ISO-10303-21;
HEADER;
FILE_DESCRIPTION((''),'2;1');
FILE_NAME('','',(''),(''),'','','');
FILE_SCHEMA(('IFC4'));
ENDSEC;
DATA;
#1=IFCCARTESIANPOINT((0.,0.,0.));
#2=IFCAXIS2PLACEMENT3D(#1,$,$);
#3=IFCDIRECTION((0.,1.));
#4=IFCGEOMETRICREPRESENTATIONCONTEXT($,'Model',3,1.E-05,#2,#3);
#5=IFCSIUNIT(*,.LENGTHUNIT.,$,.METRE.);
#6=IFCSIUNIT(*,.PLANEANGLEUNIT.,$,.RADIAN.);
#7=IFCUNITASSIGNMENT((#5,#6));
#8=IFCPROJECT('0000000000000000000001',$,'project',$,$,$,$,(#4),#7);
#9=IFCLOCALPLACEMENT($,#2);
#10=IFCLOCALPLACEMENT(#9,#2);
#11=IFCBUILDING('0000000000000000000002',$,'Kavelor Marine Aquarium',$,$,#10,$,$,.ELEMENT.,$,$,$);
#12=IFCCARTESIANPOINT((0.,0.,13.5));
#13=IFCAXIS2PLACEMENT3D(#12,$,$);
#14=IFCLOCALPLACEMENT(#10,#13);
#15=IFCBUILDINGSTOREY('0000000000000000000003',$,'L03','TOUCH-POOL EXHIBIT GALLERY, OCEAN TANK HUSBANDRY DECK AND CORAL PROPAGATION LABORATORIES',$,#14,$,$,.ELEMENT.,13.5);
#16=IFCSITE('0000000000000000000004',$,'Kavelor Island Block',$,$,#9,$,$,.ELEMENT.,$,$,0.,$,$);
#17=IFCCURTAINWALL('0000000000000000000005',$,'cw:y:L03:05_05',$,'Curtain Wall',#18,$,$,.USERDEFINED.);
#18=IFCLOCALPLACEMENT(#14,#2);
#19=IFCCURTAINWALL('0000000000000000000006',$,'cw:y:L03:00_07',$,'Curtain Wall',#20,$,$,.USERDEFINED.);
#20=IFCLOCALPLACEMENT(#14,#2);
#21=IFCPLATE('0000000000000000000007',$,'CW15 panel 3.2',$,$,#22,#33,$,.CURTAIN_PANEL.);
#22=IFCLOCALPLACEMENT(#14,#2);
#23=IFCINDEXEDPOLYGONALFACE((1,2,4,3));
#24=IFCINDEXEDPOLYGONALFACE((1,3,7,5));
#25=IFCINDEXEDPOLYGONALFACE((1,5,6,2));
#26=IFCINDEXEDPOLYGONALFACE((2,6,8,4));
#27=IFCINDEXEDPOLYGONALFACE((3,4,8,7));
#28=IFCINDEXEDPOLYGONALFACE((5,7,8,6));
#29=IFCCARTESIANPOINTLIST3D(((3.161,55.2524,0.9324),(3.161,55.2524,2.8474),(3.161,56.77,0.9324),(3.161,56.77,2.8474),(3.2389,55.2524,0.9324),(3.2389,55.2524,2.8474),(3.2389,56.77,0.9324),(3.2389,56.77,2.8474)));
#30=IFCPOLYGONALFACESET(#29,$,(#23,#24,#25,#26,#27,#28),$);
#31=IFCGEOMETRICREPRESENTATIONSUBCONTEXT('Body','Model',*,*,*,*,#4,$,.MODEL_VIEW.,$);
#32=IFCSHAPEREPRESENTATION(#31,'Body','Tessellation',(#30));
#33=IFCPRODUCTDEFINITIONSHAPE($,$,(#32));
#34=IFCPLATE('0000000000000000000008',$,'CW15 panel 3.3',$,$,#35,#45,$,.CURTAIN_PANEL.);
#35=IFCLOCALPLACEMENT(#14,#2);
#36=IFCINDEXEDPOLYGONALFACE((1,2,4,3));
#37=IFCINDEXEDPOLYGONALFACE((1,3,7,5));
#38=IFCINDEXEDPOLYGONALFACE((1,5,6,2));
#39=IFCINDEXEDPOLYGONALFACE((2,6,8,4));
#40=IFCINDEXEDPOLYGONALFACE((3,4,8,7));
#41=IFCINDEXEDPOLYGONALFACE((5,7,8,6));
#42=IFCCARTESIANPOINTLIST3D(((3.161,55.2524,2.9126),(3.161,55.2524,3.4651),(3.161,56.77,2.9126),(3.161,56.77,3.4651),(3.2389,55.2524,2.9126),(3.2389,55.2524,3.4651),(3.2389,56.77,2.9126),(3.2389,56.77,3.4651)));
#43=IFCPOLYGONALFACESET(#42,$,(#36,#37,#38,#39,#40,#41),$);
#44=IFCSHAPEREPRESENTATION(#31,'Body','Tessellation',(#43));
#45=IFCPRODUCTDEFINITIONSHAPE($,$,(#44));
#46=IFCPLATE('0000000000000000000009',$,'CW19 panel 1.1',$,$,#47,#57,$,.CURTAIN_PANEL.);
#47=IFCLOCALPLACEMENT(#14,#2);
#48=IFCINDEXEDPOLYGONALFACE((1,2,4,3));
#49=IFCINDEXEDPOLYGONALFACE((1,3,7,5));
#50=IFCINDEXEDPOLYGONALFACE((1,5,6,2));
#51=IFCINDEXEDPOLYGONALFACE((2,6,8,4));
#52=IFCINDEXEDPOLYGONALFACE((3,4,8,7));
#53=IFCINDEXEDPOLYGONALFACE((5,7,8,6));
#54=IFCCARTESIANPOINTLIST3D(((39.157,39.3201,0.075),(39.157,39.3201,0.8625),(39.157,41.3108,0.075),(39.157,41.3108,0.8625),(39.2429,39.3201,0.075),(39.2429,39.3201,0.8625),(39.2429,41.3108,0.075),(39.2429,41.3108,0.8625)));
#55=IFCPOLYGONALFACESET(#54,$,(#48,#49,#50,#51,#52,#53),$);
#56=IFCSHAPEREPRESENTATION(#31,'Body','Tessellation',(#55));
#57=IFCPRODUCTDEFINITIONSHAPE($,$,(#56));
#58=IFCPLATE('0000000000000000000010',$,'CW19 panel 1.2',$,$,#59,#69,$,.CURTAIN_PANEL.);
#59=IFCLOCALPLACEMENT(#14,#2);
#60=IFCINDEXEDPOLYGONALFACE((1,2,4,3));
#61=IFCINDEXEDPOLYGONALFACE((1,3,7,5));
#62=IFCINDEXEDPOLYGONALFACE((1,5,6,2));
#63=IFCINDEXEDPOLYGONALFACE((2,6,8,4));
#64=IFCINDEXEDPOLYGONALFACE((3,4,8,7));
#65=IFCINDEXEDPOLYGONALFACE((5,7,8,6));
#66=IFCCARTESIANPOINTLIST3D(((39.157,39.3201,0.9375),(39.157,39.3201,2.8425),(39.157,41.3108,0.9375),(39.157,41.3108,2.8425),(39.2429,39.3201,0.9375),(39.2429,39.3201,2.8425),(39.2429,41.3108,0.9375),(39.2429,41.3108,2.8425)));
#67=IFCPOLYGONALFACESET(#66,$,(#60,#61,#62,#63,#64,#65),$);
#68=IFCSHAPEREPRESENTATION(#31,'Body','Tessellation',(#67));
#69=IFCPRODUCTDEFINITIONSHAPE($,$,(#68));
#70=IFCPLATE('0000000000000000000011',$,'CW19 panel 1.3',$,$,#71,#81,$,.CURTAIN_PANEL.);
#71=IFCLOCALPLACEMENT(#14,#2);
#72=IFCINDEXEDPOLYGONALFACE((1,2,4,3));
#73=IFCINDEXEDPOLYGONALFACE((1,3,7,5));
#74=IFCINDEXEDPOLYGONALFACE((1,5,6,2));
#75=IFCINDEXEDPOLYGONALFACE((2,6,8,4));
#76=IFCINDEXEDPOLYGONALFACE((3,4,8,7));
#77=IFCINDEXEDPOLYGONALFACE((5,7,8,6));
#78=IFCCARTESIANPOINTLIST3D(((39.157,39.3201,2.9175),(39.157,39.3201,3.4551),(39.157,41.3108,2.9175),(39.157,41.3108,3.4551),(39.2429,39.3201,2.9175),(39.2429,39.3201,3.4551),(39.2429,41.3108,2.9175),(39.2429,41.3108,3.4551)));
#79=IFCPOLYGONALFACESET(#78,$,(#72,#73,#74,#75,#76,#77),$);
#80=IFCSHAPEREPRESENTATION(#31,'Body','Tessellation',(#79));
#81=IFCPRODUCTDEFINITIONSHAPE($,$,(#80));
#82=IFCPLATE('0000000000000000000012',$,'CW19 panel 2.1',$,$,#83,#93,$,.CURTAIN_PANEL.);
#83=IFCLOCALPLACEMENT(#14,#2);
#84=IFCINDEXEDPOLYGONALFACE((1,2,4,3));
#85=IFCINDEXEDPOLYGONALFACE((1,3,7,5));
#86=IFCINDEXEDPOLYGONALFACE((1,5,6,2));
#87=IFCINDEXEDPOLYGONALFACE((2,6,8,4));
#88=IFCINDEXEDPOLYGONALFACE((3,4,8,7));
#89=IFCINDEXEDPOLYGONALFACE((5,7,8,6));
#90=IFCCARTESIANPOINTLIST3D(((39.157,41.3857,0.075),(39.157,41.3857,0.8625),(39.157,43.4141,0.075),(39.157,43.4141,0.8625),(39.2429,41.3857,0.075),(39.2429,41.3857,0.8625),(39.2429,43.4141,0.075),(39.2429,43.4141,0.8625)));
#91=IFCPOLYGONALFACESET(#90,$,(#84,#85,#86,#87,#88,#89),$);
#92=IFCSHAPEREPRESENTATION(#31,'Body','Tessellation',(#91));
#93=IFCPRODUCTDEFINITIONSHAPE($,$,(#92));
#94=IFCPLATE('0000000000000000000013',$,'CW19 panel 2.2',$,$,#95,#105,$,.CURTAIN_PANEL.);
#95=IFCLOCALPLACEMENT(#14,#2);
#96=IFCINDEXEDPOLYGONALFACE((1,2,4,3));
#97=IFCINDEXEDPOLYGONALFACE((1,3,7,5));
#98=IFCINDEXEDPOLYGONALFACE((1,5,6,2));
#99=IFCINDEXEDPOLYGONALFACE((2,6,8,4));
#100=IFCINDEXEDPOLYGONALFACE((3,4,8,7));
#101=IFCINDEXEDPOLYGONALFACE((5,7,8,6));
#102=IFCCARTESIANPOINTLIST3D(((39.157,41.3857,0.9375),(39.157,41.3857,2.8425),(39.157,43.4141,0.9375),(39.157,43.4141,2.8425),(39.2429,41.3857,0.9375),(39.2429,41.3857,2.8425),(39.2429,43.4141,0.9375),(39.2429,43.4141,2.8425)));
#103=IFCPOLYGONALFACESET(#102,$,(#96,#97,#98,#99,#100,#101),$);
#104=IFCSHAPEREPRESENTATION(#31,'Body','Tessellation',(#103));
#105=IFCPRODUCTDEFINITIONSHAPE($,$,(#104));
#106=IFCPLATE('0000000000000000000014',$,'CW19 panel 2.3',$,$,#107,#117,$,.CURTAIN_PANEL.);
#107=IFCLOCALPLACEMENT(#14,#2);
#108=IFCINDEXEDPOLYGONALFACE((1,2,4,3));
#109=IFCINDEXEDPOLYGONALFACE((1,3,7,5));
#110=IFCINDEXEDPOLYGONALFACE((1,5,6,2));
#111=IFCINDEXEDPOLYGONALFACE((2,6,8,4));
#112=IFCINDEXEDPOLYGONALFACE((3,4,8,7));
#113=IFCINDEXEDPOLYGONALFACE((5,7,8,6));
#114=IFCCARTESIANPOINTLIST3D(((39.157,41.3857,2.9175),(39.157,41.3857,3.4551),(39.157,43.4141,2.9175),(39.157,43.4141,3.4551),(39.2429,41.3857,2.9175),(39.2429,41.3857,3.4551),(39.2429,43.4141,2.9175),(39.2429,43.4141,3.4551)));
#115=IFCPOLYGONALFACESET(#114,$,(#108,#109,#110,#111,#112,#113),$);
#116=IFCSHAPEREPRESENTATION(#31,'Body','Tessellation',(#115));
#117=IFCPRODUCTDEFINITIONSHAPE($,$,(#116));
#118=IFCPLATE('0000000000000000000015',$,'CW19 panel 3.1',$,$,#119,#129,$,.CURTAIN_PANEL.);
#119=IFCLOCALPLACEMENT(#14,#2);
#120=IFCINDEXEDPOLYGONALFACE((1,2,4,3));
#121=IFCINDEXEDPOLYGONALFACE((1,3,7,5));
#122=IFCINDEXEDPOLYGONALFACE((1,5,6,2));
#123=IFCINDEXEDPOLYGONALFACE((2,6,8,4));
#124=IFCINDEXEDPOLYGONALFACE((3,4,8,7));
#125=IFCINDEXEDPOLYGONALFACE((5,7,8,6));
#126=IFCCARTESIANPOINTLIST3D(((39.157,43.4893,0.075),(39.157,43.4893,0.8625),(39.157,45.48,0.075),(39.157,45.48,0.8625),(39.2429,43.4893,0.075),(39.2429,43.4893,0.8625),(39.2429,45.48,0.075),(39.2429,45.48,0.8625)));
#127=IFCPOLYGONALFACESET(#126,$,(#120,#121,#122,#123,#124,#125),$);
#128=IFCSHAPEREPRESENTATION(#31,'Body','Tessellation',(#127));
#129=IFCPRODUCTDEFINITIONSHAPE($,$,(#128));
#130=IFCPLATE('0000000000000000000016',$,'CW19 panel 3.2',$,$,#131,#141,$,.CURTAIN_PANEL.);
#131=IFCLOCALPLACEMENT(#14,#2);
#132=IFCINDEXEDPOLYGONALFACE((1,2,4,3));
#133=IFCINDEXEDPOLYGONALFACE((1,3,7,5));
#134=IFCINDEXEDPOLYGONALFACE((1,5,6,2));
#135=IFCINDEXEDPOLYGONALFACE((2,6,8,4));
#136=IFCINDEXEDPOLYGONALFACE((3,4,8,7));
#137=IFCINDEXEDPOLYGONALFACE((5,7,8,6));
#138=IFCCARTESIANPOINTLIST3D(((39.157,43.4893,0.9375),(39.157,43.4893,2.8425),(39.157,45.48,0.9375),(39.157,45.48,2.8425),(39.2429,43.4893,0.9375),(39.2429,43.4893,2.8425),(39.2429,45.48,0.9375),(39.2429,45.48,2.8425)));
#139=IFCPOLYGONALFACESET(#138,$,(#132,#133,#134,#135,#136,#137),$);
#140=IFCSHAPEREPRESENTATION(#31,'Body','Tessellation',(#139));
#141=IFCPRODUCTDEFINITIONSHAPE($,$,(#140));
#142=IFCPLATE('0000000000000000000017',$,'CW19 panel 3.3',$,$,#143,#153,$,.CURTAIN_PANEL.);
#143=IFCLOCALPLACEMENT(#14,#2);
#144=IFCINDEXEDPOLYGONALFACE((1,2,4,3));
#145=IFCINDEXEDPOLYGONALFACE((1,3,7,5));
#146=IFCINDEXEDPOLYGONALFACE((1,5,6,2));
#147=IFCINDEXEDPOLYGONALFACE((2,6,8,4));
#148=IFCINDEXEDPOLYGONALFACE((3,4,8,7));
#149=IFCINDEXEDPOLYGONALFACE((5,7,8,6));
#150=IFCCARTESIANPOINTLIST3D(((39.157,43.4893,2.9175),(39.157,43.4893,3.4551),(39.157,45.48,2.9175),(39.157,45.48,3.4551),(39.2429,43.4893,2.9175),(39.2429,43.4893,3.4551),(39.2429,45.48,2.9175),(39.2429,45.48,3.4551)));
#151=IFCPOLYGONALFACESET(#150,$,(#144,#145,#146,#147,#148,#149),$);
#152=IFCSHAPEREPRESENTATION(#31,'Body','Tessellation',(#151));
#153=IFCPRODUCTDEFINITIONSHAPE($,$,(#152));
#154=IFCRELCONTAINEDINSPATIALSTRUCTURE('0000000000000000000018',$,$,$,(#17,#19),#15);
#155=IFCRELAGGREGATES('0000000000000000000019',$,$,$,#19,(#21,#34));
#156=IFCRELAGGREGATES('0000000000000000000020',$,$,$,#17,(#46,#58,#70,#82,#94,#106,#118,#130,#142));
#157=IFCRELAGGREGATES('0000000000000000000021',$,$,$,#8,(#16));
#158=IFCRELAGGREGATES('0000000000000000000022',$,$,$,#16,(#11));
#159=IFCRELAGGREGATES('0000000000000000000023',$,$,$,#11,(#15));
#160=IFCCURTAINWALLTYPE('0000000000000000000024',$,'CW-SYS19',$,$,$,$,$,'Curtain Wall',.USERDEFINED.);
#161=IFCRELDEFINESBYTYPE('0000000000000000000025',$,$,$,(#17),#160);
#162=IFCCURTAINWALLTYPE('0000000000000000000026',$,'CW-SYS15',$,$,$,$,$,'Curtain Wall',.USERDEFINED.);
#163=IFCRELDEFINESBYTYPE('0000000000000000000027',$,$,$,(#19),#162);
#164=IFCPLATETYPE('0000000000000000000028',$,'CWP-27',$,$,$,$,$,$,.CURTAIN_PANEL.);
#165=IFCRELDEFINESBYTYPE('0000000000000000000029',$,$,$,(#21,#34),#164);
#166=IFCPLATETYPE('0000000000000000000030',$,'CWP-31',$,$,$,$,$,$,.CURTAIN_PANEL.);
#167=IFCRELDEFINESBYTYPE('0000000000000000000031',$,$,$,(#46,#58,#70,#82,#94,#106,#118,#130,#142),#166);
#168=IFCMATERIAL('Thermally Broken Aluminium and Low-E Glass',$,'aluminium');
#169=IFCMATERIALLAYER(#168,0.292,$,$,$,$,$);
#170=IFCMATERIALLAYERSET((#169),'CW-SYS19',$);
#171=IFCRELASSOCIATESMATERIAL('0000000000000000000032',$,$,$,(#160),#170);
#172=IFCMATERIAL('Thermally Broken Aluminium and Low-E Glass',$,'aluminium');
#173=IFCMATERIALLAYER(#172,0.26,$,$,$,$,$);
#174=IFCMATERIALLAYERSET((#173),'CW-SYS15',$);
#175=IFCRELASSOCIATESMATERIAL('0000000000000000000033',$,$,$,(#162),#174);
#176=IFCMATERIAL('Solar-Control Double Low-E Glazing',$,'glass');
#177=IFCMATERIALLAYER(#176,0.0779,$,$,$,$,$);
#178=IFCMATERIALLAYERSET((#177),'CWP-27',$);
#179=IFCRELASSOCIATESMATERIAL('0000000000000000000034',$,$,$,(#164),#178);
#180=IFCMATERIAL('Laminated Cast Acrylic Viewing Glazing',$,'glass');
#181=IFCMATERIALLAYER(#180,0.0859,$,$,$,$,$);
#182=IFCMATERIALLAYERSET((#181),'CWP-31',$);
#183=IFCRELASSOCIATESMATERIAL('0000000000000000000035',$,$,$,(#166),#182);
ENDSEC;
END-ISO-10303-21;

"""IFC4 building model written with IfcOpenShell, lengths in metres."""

from ifc_helpers import new_model, si_unit, direction, frame, origin, origin_2d, place, context, subcontext, project, spatial, rectangle, extrude, material, layer, layer_set, type_object, element, aggregate, save


model = new_model("IFC4")

# Units and contexts
model_context = context("Model", 3, precision=1e-05, world=origin(), true_north=direction((0.0, 1.0)))
body_context = subcontext(model_context, "Body", "Model", "MODEL_VIEW")
ifc_project = project(units=[si_unit("LENGTHUNIT", "METRE"), si_unit("PLANEANGLEUNIT", "RADIAN")], contexts=[model_context])

# Site, building, storey
site_placement = place(None, origin())
site = spatial("IfcSite", under=ifc_project, at=site_placement, Name="Kavelor Island Block", CompositionType="ELEMENT", RefElevation=0.0)
building_placement = place(site_placement, origin())
building = spatial("IfcBuilding", under=site, at=building_placement, Name="Kavelor Marine Aquarium", CompositionType="ELEMENT")
storey_placement = place(building_placement, frame((0.0, 0.0, 13.5)))
storey = spatial("IfcBuildingStorey", under=building, at=storey_placement, Name="L03", Description="TOUCH-POOL EXHIBIT GALLERY, OCEAN TANK HUSBANDRY DECK AND CORAL PROPAGATION LABORATORIES", CompositionType="ELEMENT", Elevation=13.5)

# Curtain wall
ifc_material_1 = material(Name="Thermally Broken Aluminium and Low-E Glass", Category="aluminium")
ifc_layer_1 = layer(ifc_material_1, 0.292)
ifc_layer_set_1 = layer_set([ifc_layer_1], Name="CW-SYS19")
curtain_wall_type_1 = type_object("IfcCurtainWallType", Name="CW-SYS19", ElementType="Curtain Wall", PredefinedType="USERDEFINED", material=ifc_layer_set_1)
curtain_wall_1_placement = place(storey_placement, origin())
curtain_wall_1 = element("IfcCurtainWall", 1, at=curtain_wall_1_placement, inside=storey, type_object=curtain_wall_type_1, Name="cw:y:L03:05_05", ObjectType="Curtain Wall", PredefinedType="USERDEFINED")

# Curtain wall
ifc_material_2 = material(Name="Thermally Broken Aluminium and Low-E Glass", Category="aluminium")
ifc_layer_2 = layer(ifc_material_2, 0.26)
ifc_layer_set_2 = layer_set([ifc_layer_2], Name="CW-SYS15")
curtain_wall_type_2 = type_object("IfcCurtainWallType", Name="CW-SYS15", ElementType="Curtain Wall", PredefinedType="USERDEFINED", material=ifc_layer_set_2)
curtain_wall_2_placement = place(storey_placement, origin())
curtain_wall_2 = element("IfcCurtainWall", 2, at=curtain_wall_2_placement, inside=storey, type_object=curtain_wall_type_2, Name="cw:y:L03:00_07", ObjectType="Curtain Wall", PredefinedType="USERDEFINED")

# Plates
ifc_material_3 = material(Name="Solar-Control Double Low-E Glazing", Category="glass")
ifc_layer_3 = layer(ifc_material_3, 0.0779)
ifc_layer_set_3 = layer_set([ifc_layer_3], Name="CWP-27")
plate_type_1 = type_object("IfcPlateType", Name="CWP-27", PredefinedType="CURTAIN_PANEL", material=ifc_layer_set_3)
plate_1_placement = place(storey_placement, frame((3.2, 56.0112, 0.9324), z_axis=(0.0, 0.0, 1.0), x_axis=(0.0, -1.0, 0.0)))
plate_1 = element("IfcPlate", 3, at=plate_1_placement, type_object=plate_type_1, Name="CW15 panel 3.2", PredefinedType="CURTAIN_PANEL", context=body_context, shape_type="SweptSolid", body=[
    extrude(rectangle(XDim=1.5176, YDim=0.0779, at=origin_2d()), origin(), (0.0, 0.0, 1.0), 1.915),
])
plate_2_placement = place(storey_placement, frame((3.2, 56.0112, 2.9126), z_axis=(0.0, 0.0, 1.0), x_axis=(0.0, -1.0, 0.0)))
plate_2 = element("IfcPlate", 4, at=plate_2_placement, type_object=plate_type_1, Name="CW15 panel 3.3", PredefinedType="CURTAIN_PANEL", context=body_context, shape_type="SweptSolid", body=[
    extrude(rectangle(XDim=1.5176, YDim=0.0779, at=origin_2d()), origin(), (0.0, 0.0, 1.0), 0.5525),
])
aggregate(curtain_wall_2, [plate_1, plate_2])
ifc_material_4 = material(Name="Laminated Cast Acrylic Viewing Glazing", Category="glass")
ifc_layer_4 = layer(ifc_material_4, 0.0859)
ifc_layer_set_4 = layer_set([ifc_layer_4], Name="CWP-31")
plate_type_2 = type_object("IfcPlateType", Name="CWP-31", PredefinedType="CURTAIN_PANEL", material=ifc_layer_set_4)
plate_3_placement = place(storey_placement, frame((39.2, 40.3154, 0.075), z_axis=(0.0, 0.0, 1.0), x_axis=(0.0, 1.0, 0.0)))
plate_3 = element("IfcPlate", 5, at=plate_3_placement, type_object=plate_type_2, Name="CW19 panel 1.1", PredefinedType="CURTAIN_PANEL", context=body_context, shape_type="SweptSolid", body=[
    extrude(rectangle(XDim=1.9907, YDim=0.0859, at=origin_2d()), origin(), (0.0, 0.0, 1.0), 0.7876),
])
plate_4_placement = place(storey_placement, frame((39.2, 40.3154, 0.9375), z_axis=(0.0, 0.0, 1.0), x_axis=(0.0, 1.0, 0.0)))
plate_4 = element("IfcPlate", 6, at=plate_4_placement, type_object=plate_type_2, Name="CW19 panel 1.2", PredefinedType="CURTAIN_PANEL", context=body_context, shape_type="SweptSolid", body=[
    extrude(rectangle(XDim=1.9907, YDim=0.0859, at=origin_2d()), origin(), (0.0, 0.0, 1.0), 1.905),
])
plate_5_placement = place(storey_placement, frame((39.2, 40.3154, 2.9175), z_axis=(0.0, 0.0, 1.0), x_axis=(0.0, 1.0, 0.0)))
plate_5 = element("IfcPlate", 7, at=plate_5_placement, type_object=plate_type_2, Name="CW19 panel 1.3", PredefinedType="CURTAIN_PANEL", context=body_context, shape_type="SweptSolid", body=[
    extrude(rectangle(XDim=1.9907, YDim=0.0859, at=origin_2d()), origin(), (0.0, 0.0, 1.0), 0.5376),
])
plate_6_placement = place(storey_placement, frame((39.2, 42.3999, 0.075), z_axis=(0.0, 0.0, 1.0), x_axis=(0.0, 1.0, 0.0)))
plate_6 = element("IfcPlate", 8, at=plate_6_placement, type_object=plate_type_2, Name="CW19 panel 2.1", PredefinedType="CURTAIN_PANEL", context=body_context, shape_type="SweptSolid", body=[
    extrude(rectangle(XDim=2.0283, YDim=0.0859, at=origin_2d()), origin(), (0.0, 0.0, 1.0), 0.7876),
])
plate_7_placement = place(storey_placement, frame((39.2, 42.3999, 0.9375), z_axis=(0.0, 0.0, 1.0), x_axis=(0.0, 1.0, 0.0)))
plate_7 = element("IfcPlate", 9, at=plate_7_placement, type_object=plate_type_2, Name="CW19 panel 2.2", PredefinedType="CURTAIN_PANEL", context=body_context, shape_type="SweptSolid", body=[
    extrude(rectangle(XDim=2.0283, YDim=0.0859, at=origin_2d()), origin(), (0.0, 0.0, 1.0), 1.905),
])
plate_8_placement = place(storey_placement, frame((39.2, 42.3999, 2.9175), z_axis=(0.0, 0.0, 1.0), x_axis=(0.0, 1.0, 0.0)))
plate_8 = element("IfcPlate", 10, at=plate_8_placement, type_object=plate_type_2, Name="CW19 panel 2.3", PredefinedType="CURTAIN_PANEL", context=body_context, shape_type="SweptSolid", body=[
    extrude(rectangle(XDim=2.0283, YDim=0.0859, at=origin_2d()), origin(), (0.0, 0.0, 1.0), 0.5376),
])
plate_9_placement = place(storey_placement, frame((39.2, 44.4846, 0.075), z_axis=(0.0, 0.0, 1.0), x_axis=(0.0, 1.0, 0.0)))
plate_9 = element("IfcPlate", 11, at=plate_9_placement, type_object=plate_type_2, Name="CW19 panel 3.1", PredefinedType="CURTAIN_PANEL", context=body_context, shape_type="SweptSolid", body=[
    extrude(rectangle(XDim=1.9907, YDim=0.0859, at=origin_2d()), origin(), (0.0, 0.0, 1.0), 0.7876),
])
plate_10_placement = place(storey_placement, frame((39.2, 44.4846, 0.9375), z_axis=(0.0, 0.0, 1.0), x_axis=(0.0, 1.0, 0.0)))
plate_10 = element("IfcPlate", 12, at=plate_10_placement, type_object=plate_type_2, Name="CW19 panel 3.2", PredefinedType="CURTAIN_PANEL", context=body_context, shape_type="SweptSolid", body=[
    extrude(rectangle(XDim=1.9907, YDim=0.0859, at=origin_2d()), origin(), (0.0, 0.0, 1.0), 1.905),
])
plate_11_placement = place(storey_placement, frame((39.2, 44.4846, 2.9175), z_axis=(0.0, 0.0, 1.0), x_axis=(0.0, 1.0, 0.0)))
plate_11 = element("IfcPlate", 13, at=plate_11_placement, type_object=plate_type_2, Name="CW19 panel 3.3", PredefinedType="CURTAIN_PANEL", context=body_context, shape_type="SweptSolid", body=[
    extrude(rectangle(XDim=1.9907, YDim=0.0859, at=origin_2d()), origin(), (0.0, 0.0, 1.0), 0.5376),
])
aggregate(curtain_wall_1, [plate_3, plate_4, plate_5, plate_6, plate_7, plate_8, plate_9, plate_10, plate_11])

save(model, "model.ifc")
